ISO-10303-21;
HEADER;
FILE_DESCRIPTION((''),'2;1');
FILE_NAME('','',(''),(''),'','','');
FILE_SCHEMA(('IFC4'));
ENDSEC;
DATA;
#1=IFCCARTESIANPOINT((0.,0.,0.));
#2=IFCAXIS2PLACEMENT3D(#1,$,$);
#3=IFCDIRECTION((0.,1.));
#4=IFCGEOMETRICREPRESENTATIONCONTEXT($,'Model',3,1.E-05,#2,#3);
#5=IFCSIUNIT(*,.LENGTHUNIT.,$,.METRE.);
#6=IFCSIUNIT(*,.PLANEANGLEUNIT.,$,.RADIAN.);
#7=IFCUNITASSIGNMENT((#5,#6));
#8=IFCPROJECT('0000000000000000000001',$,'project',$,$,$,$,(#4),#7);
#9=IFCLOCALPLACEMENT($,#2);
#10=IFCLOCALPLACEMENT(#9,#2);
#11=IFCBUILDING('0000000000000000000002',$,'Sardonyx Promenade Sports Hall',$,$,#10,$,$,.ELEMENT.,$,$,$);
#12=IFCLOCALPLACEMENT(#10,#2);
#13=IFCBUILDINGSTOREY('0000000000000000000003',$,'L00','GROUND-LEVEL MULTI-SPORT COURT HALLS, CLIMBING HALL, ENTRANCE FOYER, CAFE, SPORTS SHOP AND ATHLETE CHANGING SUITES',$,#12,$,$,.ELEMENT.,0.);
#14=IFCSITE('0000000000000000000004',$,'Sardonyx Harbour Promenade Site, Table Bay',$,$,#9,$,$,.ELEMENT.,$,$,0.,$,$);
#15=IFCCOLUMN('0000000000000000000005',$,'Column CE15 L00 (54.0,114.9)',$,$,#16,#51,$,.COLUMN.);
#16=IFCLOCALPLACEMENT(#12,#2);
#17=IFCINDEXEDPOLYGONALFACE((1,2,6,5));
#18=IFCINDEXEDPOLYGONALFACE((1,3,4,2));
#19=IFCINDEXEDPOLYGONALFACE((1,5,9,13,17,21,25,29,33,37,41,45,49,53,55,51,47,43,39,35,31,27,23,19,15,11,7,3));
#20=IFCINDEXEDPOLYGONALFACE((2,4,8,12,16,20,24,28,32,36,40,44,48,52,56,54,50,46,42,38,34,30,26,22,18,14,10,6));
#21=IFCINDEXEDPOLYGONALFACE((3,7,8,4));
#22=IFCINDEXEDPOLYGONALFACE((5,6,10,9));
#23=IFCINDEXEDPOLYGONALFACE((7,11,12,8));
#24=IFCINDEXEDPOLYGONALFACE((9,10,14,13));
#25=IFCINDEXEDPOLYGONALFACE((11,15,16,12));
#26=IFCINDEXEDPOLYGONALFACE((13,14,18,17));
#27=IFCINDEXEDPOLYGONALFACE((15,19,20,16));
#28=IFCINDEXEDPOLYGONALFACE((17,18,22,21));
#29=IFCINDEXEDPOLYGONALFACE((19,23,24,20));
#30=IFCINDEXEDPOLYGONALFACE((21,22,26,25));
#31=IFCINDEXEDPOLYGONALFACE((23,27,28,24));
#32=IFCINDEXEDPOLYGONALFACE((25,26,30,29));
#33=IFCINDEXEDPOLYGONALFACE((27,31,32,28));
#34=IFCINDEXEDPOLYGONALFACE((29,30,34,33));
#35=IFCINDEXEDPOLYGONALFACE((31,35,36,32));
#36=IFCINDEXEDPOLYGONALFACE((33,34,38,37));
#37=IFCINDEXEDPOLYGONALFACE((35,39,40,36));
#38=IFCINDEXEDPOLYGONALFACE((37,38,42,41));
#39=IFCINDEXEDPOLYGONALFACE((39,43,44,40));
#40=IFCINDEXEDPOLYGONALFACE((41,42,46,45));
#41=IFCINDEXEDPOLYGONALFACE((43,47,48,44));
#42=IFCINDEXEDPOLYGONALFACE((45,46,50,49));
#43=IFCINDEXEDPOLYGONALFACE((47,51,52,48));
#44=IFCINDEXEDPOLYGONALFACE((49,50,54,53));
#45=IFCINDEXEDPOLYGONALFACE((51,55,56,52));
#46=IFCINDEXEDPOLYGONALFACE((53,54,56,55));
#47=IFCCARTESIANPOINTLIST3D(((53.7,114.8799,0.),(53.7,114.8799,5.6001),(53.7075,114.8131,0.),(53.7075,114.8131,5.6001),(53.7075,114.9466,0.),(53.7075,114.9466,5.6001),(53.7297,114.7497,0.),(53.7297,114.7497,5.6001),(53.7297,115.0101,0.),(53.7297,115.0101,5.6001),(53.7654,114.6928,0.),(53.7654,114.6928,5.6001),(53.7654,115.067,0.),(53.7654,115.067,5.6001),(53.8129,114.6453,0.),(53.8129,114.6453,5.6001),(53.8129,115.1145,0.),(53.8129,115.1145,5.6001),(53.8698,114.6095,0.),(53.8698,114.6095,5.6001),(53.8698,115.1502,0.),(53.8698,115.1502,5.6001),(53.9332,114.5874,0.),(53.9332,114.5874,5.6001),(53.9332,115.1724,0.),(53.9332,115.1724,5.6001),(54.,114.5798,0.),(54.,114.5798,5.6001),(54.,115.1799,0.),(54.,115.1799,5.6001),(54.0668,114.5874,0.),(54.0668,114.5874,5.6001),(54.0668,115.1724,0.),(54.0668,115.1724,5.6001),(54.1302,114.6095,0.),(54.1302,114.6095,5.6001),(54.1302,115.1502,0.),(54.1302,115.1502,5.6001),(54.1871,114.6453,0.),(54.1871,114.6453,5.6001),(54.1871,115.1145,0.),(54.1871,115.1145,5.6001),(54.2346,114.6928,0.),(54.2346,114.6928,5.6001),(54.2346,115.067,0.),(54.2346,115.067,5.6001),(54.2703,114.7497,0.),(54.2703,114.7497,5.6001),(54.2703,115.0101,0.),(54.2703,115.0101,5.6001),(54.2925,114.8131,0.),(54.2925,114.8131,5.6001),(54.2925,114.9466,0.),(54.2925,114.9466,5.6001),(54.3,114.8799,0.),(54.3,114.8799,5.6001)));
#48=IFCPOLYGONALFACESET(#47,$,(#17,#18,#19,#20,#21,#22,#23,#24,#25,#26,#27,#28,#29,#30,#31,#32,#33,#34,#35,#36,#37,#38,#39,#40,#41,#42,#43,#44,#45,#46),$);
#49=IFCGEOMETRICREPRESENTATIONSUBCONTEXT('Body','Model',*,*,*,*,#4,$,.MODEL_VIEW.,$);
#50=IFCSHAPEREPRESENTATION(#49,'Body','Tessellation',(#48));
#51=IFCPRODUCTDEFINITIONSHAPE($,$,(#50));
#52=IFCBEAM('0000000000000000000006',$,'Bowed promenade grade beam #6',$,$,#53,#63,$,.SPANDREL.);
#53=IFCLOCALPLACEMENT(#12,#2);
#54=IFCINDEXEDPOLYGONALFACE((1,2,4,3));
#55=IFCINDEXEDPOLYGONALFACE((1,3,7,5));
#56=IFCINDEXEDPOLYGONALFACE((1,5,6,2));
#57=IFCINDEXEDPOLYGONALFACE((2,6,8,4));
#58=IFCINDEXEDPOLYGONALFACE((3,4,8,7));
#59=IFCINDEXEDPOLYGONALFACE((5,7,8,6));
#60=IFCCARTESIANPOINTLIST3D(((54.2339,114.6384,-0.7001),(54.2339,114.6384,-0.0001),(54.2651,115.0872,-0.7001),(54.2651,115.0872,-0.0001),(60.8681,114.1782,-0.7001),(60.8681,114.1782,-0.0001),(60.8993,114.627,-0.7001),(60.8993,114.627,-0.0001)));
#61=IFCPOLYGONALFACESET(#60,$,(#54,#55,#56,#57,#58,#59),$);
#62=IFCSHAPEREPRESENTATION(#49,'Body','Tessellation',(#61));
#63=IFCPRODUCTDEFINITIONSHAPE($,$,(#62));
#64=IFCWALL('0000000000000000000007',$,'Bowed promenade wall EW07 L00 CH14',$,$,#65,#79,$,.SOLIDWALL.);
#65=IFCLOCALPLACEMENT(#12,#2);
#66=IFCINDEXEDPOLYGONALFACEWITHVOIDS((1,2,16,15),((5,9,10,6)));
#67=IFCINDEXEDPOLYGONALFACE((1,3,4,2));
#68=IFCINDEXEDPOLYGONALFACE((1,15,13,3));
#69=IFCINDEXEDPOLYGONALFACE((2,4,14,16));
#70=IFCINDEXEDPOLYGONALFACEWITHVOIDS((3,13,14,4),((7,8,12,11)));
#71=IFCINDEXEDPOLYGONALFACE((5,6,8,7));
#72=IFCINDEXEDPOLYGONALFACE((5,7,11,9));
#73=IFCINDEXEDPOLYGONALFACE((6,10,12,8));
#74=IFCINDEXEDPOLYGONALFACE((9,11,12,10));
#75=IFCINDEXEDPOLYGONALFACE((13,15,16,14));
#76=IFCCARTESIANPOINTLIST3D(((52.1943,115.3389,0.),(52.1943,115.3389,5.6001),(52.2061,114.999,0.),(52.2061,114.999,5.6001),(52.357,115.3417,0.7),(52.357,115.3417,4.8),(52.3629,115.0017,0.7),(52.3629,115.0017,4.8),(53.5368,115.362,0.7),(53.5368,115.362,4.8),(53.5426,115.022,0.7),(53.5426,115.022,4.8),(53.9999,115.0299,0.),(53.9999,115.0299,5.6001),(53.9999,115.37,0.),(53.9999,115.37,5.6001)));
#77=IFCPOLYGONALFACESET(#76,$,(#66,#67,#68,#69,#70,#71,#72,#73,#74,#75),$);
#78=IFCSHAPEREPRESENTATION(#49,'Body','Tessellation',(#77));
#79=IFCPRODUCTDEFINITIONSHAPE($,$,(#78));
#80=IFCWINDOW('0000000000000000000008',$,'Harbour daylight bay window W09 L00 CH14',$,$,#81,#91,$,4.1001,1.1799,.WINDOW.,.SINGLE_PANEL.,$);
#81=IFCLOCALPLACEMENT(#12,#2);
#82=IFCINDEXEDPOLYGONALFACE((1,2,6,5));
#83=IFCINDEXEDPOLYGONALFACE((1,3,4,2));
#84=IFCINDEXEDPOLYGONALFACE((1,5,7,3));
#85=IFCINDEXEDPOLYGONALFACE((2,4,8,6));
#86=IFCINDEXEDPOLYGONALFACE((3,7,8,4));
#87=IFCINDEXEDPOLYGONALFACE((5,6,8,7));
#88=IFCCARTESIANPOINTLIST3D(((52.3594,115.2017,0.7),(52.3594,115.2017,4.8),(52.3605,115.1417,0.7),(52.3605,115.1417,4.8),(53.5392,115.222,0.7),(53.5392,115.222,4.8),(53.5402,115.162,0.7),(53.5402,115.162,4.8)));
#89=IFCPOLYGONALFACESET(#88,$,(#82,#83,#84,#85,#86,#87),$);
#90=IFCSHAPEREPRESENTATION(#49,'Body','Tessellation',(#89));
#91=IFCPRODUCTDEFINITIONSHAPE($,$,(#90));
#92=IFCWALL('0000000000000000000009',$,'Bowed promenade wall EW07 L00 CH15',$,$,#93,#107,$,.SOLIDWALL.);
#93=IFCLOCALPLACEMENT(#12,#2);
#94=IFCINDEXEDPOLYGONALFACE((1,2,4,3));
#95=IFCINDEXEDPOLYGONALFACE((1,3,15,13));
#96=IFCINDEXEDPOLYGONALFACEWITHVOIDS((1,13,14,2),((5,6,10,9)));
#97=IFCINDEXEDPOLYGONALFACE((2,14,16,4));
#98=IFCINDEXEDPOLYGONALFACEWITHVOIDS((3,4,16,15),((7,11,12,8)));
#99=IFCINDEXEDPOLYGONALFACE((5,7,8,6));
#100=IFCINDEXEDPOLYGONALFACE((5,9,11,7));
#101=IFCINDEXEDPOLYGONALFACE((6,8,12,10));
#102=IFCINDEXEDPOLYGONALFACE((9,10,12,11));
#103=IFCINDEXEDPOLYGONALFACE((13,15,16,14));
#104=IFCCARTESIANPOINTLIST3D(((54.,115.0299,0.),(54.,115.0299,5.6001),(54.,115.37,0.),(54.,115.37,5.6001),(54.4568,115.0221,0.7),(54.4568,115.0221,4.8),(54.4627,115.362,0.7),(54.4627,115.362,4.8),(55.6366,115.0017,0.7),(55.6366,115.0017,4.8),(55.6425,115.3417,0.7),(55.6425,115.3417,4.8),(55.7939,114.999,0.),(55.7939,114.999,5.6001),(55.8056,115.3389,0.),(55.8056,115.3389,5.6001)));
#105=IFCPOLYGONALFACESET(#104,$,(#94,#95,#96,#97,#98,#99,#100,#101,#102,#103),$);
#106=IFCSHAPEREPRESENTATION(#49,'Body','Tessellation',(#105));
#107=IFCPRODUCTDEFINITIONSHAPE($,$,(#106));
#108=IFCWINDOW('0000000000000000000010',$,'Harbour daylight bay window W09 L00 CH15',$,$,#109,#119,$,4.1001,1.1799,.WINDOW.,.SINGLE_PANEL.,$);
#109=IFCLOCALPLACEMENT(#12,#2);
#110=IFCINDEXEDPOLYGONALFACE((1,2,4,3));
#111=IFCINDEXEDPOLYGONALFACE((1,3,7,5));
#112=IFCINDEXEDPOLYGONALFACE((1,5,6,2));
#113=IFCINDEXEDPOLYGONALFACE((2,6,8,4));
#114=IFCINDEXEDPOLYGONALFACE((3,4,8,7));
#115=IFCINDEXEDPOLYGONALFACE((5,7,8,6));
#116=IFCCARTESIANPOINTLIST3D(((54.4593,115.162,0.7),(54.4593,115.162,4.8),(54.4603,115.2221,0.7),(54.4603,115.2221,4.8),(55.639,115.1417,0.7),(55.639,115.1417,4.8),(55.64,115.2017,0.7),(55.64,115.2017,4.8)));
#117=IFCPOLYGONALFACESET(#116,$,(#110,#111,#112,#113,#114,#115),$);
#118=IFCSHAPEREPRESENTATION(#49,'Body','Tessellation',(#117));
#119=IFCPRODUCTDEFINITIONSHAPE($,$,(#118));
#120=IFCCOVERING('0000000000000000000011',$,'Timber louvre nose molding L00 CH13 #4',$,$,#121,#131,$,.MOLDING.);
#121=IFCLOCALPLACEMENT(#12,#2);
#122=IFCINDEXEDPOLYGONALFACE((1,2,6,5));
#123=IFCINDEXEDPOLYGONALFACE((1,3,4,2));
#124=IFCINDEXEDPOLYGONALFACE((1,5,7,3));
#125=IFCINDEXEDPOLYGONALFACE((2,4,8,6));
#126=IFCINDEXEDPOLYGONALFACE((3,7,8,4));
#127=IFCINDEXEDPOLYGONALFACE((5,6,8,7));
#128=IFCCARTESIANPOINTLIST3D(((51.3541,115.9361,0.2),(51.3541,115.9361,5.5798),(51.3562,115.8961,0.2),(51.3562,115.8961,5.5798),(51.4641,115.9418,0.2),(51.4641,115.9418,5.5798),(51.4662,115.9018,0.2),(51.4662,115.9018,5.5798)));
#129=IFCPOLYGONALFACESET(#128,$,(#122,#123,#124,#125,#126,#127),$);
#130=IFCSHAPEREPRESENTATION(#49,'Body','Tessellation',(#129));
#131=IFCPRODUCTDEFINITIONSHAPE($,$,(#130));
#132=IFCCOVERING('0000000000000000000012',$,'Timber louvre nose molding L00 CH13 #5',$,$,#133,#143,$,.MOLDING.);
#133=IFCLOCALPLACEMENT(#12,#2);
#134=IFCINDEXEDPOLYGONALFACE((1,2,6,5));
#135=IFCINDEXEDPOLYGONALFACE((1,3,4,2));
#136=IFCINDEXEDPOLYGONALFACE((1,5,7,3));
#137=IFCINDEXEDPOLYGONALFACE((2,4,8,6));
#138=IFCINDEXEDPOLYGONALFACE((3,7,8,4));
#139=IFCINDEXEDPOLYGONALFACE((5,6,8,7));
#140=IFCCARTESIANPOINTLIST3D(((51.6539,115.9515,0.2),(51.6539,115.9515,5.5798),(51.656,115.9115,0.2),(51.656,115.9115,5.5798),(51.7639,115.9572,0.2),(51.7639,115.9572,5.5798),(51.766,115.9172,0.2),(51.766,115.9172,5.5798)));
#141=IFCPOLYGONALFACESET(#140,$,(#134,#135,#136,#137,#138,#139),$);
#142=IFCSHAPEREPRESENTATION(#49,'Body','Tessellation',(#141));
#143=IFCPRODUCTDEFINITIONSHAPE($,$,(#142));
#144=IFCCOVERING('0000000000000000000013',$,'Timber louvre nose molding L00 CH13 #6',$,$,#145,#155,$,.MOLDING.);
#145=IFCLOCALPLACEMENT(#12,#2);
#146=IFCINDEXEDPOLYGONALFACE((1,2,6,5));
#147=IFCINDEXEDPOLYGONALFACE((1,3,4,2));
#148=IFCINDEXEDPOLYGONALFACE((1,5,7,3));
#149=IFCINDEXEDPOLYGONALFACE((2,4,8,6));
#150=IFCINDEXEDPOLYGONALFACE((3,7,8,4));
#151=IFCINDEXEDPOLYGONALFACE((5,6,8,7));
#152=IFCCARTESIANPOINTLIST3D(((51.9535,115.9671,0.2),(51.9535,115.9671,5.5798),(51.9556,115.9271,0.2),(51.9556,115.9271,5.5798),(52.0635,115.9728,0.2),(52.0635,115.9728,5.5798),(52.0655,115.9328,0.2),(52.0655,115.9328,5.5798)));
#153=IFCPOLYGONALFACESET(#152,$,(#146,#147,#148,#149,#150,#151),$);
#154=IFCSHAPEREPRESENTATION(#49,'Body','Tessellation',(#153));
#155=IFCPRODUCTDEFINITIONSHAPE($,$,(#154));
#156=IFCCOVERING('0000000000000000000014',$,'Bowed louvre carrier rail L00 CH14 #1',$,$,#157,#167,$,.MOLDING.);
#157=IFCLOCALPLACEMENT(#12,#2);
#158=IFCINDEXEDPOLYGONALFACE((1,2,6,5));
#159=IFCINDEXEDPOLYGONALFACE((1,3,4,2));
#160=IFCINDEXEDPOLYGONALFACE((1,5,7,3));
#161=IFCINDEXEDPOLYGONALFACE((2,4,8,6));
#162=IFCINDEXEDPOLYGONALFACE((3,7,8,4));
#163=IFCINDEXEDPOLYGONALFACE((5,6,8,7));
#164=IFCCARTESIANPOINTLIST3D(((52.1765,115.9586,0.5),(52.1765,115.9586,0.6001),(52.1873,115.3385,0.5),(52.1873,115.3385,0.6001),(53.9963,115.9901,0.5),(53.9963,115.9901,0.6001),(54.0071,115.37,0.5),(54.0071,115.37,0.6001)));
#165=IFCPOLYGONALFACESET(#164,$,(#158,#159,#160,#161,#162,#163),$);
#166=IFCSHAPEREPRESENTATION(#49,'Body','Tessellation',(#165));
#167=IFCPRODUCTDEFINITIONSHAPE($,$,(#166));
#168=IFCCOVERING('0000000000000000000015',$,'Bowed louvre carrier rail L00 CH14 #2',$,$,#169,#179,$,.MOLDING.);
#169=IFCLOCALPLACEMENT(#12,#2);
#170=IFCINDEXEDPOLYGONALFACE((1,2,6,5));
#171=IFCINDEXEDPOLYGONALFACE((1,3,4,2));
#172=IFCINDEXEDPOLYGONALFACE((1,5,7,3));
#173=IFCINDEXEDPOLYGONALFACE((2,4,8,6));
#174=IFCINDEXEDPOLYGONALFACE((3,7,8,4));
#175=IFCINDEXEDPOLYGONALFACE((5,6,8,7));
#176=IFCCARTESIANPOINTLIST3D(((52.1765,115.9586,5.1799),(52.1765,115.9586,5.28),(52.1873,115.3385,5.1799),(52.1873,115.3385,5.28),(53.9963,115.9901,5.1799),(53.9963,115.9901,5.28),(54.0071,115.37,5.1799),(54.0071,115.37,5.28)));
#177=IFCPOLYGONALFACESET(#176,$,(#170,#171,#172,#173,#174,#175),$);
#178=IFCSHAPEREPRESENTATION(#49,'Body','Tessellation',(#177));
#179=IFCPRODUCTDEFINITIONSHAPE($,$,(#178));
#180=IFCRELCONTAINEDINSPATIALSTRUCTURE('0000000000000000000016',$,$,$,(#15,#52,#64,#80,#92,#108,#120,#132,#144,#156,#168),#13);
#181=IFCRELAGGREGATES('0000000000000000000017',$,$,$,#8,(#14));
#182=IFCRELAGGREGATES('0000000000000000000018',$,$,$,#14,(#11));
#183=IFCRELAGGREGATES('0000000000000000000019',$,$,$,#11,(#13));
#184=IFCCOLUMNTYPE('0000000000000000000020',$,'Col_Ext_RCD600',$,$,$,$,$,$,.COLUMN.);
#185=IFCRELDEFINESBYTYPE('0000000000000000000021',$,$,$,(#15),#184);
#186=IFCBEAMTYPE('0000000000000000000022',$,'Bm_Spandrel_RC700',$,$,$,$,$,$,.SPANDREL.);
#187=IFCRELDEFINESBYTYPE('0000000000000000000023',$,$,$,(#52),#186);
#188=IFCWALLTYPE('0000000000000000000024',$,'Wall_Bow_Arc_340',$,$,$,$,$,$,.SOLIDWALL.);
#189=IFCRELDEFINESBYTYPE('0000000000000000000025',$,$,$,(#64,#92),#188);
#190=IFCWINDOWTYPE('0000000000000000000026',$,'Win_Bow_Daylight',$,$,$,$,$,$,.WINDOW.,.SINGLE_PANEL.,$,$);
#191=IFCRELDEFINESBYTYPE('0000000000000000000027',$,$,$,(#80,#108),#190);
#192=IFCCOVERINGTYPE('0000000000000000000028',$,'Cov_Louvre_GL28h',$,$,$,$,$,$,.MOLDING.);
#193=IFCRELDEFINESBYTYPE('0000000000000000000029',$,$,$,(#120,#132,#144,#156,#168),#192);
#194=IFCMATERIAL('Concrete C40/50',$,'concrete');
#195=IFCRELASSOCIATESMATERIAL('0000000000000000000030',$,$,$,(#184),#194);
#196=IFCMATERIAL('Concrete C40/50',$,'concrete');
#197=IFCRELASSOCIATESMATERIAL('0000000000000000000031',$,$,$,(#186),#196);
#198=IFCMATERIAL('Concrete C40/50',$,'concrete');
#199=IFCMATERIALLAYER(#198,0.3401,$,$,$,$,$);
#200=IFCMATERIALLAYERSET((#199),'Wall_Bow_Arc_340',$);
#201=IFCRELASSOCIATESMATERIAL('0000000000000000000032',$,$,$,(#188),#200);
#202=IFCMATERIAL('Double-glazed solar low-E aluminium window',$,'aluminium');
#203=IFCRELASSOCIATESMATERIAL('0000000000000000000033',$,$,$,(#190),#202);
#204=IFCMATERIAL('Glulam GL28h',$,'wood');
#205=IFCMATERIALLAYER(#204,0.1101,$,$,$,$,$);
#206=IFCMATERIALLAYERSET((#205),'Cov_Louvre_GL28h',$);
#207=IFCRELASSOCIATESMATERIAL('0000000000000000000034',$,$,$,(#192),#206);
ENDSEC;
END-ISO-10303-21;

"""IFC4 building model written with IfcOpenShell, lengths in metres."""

from ifc_helpers import new_model, si_unit, direction, frame, frame_2d, origin, origin_2d, place, context, subcontext, project, spatial, polyline, rectangle, circle, outline, extrude, material, layer, layer_set, material_profile, profile_set, type_object, element, fill, save


model = new_model("IFC4")

# Units and contexts
model_context = context("Model", 3, precision=1e-05, world=origin(), true_north=direction((0.0, 1.0)))
body_context = subcontext(model_context, "Body", "Model", "MODEL_VIEW")
ifc_project = project(units=[si_unit("LENGTHUNIT", "METRE"), si_unit("PLANEANGLEUNIT", "RADIAN")], contexts=[model_context])

# Site, building, storey
site_placement = place(None, origin())
site = spatial("IfcSite", under=ifc_project, at=site_placement, Name="Sardonyx Harbour Promenade Site, Table Bay", CompositionType="ELEMENT", RefElevation=0.0)
building_placement = place(site_placement, origin())
building = spatial("IfcBuilding", under=site, at=building_placement, Name="Sardonyx Promenade Sports Hall", CompositionType="ELEMENT")
storey_placement = place(building_placement, origin())
storey = spatial("IfcBuildingStorey", under=building, at=storey_placement, Name="L00", Description="GROUND-LEVEL MULTI-SPORT COURT HALLS, CLIMBING HALL, ENTRANCE FOYER, CAFE, SPORTS SHOP AND ATHLETE CHANGING SUITES", CompositionType="ELEMENT", Elevation=0.0)

# Column
ifc_material_1 = material(Name="Concrete C40/50", Category="concrete")
ifc_material_profile_1 = material_profile(ifc_material_1, circle(Radius=0.3, at=origin_2d()))
ifc_profile_set_1 = profile_set([ifc_material_profile_1], Name="Concrete C40/50")
column_type = type_object("IfcColumnType", Name="Col_Ext_RCD600", PredefinedType="COLUMN", material=ifc_profile_set_1)
column_placement = place(storey_placement, frame((54.0, 114.8799, 0.0), z_axis=(0.0, 0.0, 1.0), x_axis=(1.0, 0.0, 0.0)))
element("IfcColumn", 1, at=column_placement, inside=storey, type_object=column_type, Name="Column CE15 L00 (54.0,114.9)", PredefinedType="COLUMN", context=body_context, shape_type="SweptSolid", body=[
    extrude(circle(Radius=0.3, at=origin_2d()), origin(), (0.0, 0.0, 1.0), 5.6001),
])

# Beam
ifc_material_2 = material(Name="Concrete C40/50", Category="concrete")
ifc_material_profile_2 = material_profile(ifc_material_2, rectangle(XDim=0.45, YDim=0.7, at=origin_2d()))
ifc_profile_set_2 = profile_set([ifc_material_profile_2], Name="Concrete C40/50")
beam_type = type_object("IfcBeamType", Name="Bm_Spandrel_RC700", PredefinedType="SPANDREL", material=ifc_profile_set_2)
beam_placement = place(storey_placement, frame((54.2495, 114.8628, -0.3501), z_axis=(0.997603, -0.069201, 0.0), x_axis=(0.069201, 0.997603, 0.0)))
element("IfcBeam", 2, at=beam_placement, inside=storey, type_object=beam_type, Name="Bowed promenade grade beam #6", PredefinedType="SPANDREL", context=body_context, shape_type="SweptSolid", body=[
    extrude(rectangle(XDim=0.45, YDim=0.7, at=origin_2d()), origin(), (0.0, 0.0, 1.0), 6.6501),
])

# Walls, openings, windows
ifc_material_3 = material(Name="Concrete C40/50", Category="concrete")
ifc_layer_1 = layer(ifc_material_3, 0.3401)
ifc_layer_set_1 = layer_set([ifc_layer_1], Name="Wall_Bow_Arc_340")
wall_type = type_object("IfcWallType", Name="Wall_Bow_Arc_340", PredefinedType="SOLIDWALL", material=ifc_layer_set_1)
wall_1_placement = place(storey_placement, frame((52.2002, 115.1689, 0.0), z_axis=(0.0, 0.0, 1.0), x_axis=(0.999852, 0.017225, 0.0)))
wall_1 = element("IfcWall", 3, at=wall_1_placement, inside=storey, type_object=wall_type, Name="Bowed promenade wall EW07 L00 CH14", PredefinedType="SOLIDWALL", context=body_context, shape_type="SweptSolid", body=[
    extrude(outline(polyline([(0.0029, -0.17), (1.7971, -0.17), (1.8029, 0.17), (-0.0029, 0.17), (0.0029, -0.17)])), origin(), (0.0, 0.0, 1.0), 5.6001),
])
opening_1_placement = place(wall_1_placement, frame((0.1599, 0.0, 0.7)))
opening_1 = element("IfcOpeningElement", 4, at=opening_1_placement, cuts=wall_1, PredefinedType="OPENING", context=body_context, shape_type="SweptSolid", body=[
    extrude(rectangle(XDim=1.1799, YDim=4.1001, at=frame_2d((0.5898, 2.05))), frame((0.0, 0.18, 0.0), z_axis=(0.0, -1.0, 0.0), x_axis=(1.0, 0.0, 0.0)), (0.0, 0.0, 1.0), 0.36),
])
ifc_material_4 = material(Name="Double-glazed solar low-E aluminium window", Category="aluminium")
window_type = type_object("IfcWindowType", Name="Win_Bow_Daylight", PartitioningType="SINGLE_PANEL", PredefinedType="WINDOW", material=ifc_material_4)
window_1_placement = place(opening_1_placement, origin())
window_1 = element("IfcWindow", 5, at=window_1_placement, inside=storey, type_object=window_type, Name="Harbour daylight bay window W09 L00 CH14", OverallHeight=4.1001, OverallWidth=1.1799, PartitioningType="SINGLE_PANEL", PredefinedType="WINDOW", context=body_context, shape_type="SweptSolid", body=[
    extrude(rectangle(XDim=1.1799, YDim=4.1001, at=frame_2d((0.5898, 2.05))), frame((0.0, 0.03, 0.0), z_axis=(0.0, -1.0, 0.0), x_axis=(1.0, 0.0, 0.0)), (0.0, 0.0, 1.0), 0.0601),
])
fill(opening_1, window_1)
wall_2_placement = place(storey_placement, frame((54.0, 115.2, 0.0), z_axis=(0.0, 0.0, 1.0), x_axis=(0.999852, -0.017225, 0.0)))
wall_2 = element("IfcWall", 6, at=wall_2_placement, inside=storey, type_object=wall_type, Name="Bowed promenade wall EW07 L00 CH15", PredefinedType="SOLIDWALL", context=body_context, shape_type="SweptSolid", body=[
    extrude(outline(polyline([(0.0029, -0.17), (1.7971, -0.17), (1.8029, 0.17), (-0.0029, 0.17), (0.0029, -0.17)])), origin(), (0.0, 0.0, 1.0), 5.6001),
])
opening_2_placement = place(wall_2_placement, frame((0.46, 0.0, 0.7)))
opening_2 = element("IfcOpeningElement", 7, at=opening_2_placement, cuts=wall_2, PredefinedType="OPENING", context=body_context, shape_type="SweptSolid", body=[
    extrude(rectangle(XDim=1.1799, YDim=4.1001, at=frame_2d((0.5898, 2.05))), frame((0.0, 0.18, 0.0), z_axis=(0.0, -1.0, 0.0), x_axis=(1.0, 0.0, 0.0)), (0.0, 0.0, 1.0), 0.36),
])
window_2_placement = place(opening_2_placement, origin())
window_2 = element("IfcWindow", 8, at=window_2_placement, inside=storey, type_object=window_type, Name="Harbour daylight bay window W09 L00 CH15", OverallHeight=4.1001, OverallWidth=1.1799, PartitioningType="SINGLE_PANEL", PredefinedType="WINDOW", context=body_context, shape_type="SweptSolid", body=[
    extrude(rectangle(XDim=1.1799, YDim=4.1001, at=frame_2d((0.5898, 2.05))), frame((0.0, 0.03, 0.0), z_axis=(0.0, -1.0, 0.0), x_axis=(1.0, 0.0, 0.0)), (0.0, 0.0, 1.0), 0.0601),
])
fill(opening_2, window_2)

# Coverings
ifc_material_5 = material(Name="Glulam GL28h", Category="wood")
ifc_layer_2 = layer(ifc_material_5, 0.1101)
ifc_layer_set_2 = layer_set([ifc_layer_2], Name="Cov_Louvre_GL28h")
covering_type = type_object("IfcCoveringType", Name="Cov_Louvre_GL28h", PredefinedType="MOLDING", material=ifc_layer_set_2)
for number, where, z_axis, x_axis, name in (
    (9, (51.4102, 115.9189, 0.2), (0.0, 0.0, 1.0), (0.998652, 0.051902, 0.0), "Timber louvre nose molding L00 CH13 #4"),
    (10, (51.71, 115.9343, 0.2), (0.0, 0.0, 1.0), (0.998652, 0.051902, 0.0), "Timber louvre nose molding L00 CH13 #5"),
    (11, (52.0095, 115.95, 0.2), (0.0, 0.0, 1.0), (0.998652, 0.051902, 0.0), "Timber louvre nose molding L00 CH13 #6"),
):
    element("IfcCovering", number, at=place(storey_placement, frame(where, z_axis=z_axis, x_axis=x_axis)), inside=storey, type_object=covering_type, Name=name, PredefinedType="MOLDING", context=body_context, shape_type="SweptSolid", body=[
        extrude(rectangle(XDim=0.1101, YDim=0.04, at=origin_2d()), origin(), (0.0, 0.0, 1.0), 5.3799),
    ])
for number, where, z_axis, x_axis, name in (
    (12, (53.0918, 115.6643, 0.5), (0.0, 0.0, 1.0), (0.99985, 0.017308, 0.0), "Bowed louvre carrier rail L00 CH14 #1"),
    (13, (53.0918, 115.6643, 5.1799), (0.0, 0.0, 1.0), (0.99985, 0.017308, 0.0), "Bowed louvre carrier rail L00 CH14 #2"),
):
    element("IfcCovering", number, at=place(storey_placement, frame(where, z_axis=z_axis, x_axis=x_axis)), inside=storey, type_object=covering_type, Name=name, PredefinedType="MOLDING", context=body_context, shape_type="SweptSolid", body=[
        extrude(rectangle(XDim=1.8201, YDim=0.6201, at=origin_2d()), origin(), (0.0, 0.0, 1.0), 0.1001),
    ])

save(model, "model.ifc")
